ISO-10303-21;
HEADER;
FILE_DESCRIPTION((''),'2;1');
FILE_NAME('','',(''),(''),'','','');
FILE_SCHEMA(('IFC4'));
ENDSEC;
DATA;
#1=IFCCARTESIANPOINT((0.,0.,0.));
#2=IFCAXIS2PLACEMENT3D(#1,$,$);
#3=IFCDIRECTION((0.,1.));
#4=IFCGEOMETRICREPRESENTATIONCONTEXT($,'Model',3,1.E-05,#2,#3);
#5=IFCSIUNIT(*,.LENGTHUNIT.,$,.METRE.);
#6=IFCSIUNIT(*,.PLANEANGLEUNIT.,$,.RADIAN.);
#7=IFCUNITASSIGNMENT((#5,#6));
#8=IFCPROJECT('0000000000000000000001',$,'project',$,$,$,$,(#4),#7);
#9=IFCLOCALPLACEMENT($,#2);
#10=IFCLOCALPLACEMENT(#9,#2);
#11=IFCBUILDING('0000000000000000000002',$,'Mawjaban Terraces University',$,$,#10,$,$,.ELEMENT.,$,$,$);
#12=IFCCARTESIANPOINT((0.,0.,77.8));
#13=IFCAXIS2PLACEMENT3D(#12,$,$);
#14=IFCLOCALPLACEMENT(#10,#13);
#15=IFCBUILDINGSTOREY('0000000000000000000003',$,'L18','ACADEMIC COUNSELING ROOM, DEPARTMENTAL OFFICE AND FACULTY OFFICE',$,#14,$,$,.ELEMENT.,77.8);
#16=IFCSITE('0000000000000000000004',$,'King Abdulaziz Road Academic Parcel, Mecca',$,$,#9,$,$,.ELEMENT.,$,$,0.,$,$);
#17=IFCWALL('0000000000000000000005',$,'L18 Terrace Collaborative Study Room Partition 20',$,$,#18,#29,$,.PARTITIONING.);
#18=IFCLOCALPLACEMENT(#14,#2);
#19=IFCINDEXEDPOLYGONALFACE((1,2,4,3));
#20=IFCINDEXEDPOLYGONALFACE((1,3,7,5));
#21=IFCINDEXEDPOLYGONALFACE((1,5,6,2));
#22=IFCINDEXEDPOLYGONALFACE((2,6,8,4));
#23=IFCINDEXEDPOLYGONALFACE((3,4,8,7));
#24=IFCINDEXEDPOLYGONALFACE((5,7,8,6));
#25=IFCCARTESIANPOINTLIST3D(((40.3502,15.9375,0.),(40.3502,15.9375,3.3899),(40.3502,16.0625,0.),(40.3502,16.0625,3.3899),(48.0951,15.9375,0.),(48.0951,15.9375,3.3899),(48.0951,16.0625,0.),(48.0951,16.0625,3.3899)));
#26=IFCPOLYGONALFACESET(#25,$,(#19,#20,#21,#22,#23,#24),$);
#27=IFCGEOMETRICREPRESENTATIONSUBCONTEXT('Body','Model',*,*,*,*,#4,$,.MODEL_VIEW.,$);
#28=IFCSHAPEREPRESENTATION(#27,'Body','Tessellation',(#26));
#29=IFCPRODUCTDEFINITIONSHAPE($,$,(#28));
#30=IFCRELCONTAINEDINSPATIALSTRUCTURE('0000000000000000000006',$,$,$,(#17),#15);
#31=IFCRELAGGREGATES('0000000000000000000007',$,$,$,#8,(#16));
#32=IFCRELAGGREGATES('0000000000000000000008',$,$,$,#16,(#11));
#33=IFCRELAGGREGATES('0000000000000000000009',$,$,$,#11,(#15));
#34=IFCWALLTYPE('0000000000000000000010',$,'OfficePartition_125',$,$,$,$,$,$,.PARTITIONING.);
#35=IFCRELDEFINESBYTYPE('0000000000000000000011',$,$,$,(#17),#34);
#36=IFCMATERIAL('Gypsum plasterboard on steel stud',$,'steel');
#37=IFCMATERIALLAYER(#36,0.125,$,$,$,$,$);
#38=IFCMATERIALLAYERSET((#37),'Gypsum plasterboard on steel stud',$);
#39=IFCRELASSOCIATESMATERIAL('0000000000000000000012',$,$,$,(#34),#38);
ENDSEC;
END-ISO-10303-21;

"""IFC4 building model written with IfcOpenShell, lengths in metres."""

from ifc_helpers import new_model, si_unit, direction, frame, frame_2d, origin, place, context, subcontext, project, spatial, rectangle, extrude, material, layer, layer_set, type_object, element, save


model = new_model("IFC4")

# Units and contexts
model_context = context("Model", 3, precision=1e-05, world=origin(), true_north=direction((0.0, 1.0)))
body_context = subcontext(model_context, "Body", "Model", "MODEL_VIEW")
ifc_project = project(units=[si_unit("LENGTHUNIT", "METRE"), si_unit("PLANEANGLEUNIT", "RADIAN")], contexts=[model_context])

# Site, building, storey
site_placement = place(None, origin())
site = spatial("IfcSite", under=ifc_project, at=site_placement, Name="King Abdulaziz Road Academic Parcel, Mecca", CompositionType="ELEMENT", RefElevation=0.0)
building_placement = place(site_placement, origin())
building = spatial("IfcBuilding", under=site, at=building_placement, Name="Mawjaban Terraces University", CompositionType="ELEMENT")
storey_placement = place(building_placement, frame((0.0, 0.0, 77.8)))
storey = spatial("IfcBuildingStorey", under=building, at=storey_placement, Name="L18", Description="ACADEMIC COUNSELING ROOM, DEPARTMENTAL OFFICE AND FACULTY OFFICE", CompositionType="ELEMENT", Elevation=77.8)

# Wall
ifc_material_1 = material(Name="Gypsum plasterboard on steel stud", Category="steel")
ifc_layer_1 = layer(ifc_material_1, 0.125)
ifc_layer_set_1 = layer_set([ifc_layer_1], Name="Gypsum plasterboard on steel stud")
wall_type_1 = type_object("IfcWallType", Name="OfficePartition_125", PredefinedType="PARTITIONING", material=ifc_layer_set_1)
wall_1_placement = place(storey_placement, frame((40.3501, 16.0, 0.0), z_axis=(0.0, 0.0, 1.0), x_axis=(1.0, 0.0, 0.0)))
element("IfcWall", 1, at=wall_1_placement, inside=storey, type_object=wall_type_1, Name="L18 Terrace Collaborative Study Room Partition 20", PredefinedType="PARTITIONING", context=body_context, shape_type="SweptSolid", body=[
    extrude(rectangle(XDim=7.7449, YDim=0.125, at=frame_2d((3.8726, 0.0))), origin(), (0.0, 0.0, 1.0), 3.3899),
])

save(model, "model.ifc")
